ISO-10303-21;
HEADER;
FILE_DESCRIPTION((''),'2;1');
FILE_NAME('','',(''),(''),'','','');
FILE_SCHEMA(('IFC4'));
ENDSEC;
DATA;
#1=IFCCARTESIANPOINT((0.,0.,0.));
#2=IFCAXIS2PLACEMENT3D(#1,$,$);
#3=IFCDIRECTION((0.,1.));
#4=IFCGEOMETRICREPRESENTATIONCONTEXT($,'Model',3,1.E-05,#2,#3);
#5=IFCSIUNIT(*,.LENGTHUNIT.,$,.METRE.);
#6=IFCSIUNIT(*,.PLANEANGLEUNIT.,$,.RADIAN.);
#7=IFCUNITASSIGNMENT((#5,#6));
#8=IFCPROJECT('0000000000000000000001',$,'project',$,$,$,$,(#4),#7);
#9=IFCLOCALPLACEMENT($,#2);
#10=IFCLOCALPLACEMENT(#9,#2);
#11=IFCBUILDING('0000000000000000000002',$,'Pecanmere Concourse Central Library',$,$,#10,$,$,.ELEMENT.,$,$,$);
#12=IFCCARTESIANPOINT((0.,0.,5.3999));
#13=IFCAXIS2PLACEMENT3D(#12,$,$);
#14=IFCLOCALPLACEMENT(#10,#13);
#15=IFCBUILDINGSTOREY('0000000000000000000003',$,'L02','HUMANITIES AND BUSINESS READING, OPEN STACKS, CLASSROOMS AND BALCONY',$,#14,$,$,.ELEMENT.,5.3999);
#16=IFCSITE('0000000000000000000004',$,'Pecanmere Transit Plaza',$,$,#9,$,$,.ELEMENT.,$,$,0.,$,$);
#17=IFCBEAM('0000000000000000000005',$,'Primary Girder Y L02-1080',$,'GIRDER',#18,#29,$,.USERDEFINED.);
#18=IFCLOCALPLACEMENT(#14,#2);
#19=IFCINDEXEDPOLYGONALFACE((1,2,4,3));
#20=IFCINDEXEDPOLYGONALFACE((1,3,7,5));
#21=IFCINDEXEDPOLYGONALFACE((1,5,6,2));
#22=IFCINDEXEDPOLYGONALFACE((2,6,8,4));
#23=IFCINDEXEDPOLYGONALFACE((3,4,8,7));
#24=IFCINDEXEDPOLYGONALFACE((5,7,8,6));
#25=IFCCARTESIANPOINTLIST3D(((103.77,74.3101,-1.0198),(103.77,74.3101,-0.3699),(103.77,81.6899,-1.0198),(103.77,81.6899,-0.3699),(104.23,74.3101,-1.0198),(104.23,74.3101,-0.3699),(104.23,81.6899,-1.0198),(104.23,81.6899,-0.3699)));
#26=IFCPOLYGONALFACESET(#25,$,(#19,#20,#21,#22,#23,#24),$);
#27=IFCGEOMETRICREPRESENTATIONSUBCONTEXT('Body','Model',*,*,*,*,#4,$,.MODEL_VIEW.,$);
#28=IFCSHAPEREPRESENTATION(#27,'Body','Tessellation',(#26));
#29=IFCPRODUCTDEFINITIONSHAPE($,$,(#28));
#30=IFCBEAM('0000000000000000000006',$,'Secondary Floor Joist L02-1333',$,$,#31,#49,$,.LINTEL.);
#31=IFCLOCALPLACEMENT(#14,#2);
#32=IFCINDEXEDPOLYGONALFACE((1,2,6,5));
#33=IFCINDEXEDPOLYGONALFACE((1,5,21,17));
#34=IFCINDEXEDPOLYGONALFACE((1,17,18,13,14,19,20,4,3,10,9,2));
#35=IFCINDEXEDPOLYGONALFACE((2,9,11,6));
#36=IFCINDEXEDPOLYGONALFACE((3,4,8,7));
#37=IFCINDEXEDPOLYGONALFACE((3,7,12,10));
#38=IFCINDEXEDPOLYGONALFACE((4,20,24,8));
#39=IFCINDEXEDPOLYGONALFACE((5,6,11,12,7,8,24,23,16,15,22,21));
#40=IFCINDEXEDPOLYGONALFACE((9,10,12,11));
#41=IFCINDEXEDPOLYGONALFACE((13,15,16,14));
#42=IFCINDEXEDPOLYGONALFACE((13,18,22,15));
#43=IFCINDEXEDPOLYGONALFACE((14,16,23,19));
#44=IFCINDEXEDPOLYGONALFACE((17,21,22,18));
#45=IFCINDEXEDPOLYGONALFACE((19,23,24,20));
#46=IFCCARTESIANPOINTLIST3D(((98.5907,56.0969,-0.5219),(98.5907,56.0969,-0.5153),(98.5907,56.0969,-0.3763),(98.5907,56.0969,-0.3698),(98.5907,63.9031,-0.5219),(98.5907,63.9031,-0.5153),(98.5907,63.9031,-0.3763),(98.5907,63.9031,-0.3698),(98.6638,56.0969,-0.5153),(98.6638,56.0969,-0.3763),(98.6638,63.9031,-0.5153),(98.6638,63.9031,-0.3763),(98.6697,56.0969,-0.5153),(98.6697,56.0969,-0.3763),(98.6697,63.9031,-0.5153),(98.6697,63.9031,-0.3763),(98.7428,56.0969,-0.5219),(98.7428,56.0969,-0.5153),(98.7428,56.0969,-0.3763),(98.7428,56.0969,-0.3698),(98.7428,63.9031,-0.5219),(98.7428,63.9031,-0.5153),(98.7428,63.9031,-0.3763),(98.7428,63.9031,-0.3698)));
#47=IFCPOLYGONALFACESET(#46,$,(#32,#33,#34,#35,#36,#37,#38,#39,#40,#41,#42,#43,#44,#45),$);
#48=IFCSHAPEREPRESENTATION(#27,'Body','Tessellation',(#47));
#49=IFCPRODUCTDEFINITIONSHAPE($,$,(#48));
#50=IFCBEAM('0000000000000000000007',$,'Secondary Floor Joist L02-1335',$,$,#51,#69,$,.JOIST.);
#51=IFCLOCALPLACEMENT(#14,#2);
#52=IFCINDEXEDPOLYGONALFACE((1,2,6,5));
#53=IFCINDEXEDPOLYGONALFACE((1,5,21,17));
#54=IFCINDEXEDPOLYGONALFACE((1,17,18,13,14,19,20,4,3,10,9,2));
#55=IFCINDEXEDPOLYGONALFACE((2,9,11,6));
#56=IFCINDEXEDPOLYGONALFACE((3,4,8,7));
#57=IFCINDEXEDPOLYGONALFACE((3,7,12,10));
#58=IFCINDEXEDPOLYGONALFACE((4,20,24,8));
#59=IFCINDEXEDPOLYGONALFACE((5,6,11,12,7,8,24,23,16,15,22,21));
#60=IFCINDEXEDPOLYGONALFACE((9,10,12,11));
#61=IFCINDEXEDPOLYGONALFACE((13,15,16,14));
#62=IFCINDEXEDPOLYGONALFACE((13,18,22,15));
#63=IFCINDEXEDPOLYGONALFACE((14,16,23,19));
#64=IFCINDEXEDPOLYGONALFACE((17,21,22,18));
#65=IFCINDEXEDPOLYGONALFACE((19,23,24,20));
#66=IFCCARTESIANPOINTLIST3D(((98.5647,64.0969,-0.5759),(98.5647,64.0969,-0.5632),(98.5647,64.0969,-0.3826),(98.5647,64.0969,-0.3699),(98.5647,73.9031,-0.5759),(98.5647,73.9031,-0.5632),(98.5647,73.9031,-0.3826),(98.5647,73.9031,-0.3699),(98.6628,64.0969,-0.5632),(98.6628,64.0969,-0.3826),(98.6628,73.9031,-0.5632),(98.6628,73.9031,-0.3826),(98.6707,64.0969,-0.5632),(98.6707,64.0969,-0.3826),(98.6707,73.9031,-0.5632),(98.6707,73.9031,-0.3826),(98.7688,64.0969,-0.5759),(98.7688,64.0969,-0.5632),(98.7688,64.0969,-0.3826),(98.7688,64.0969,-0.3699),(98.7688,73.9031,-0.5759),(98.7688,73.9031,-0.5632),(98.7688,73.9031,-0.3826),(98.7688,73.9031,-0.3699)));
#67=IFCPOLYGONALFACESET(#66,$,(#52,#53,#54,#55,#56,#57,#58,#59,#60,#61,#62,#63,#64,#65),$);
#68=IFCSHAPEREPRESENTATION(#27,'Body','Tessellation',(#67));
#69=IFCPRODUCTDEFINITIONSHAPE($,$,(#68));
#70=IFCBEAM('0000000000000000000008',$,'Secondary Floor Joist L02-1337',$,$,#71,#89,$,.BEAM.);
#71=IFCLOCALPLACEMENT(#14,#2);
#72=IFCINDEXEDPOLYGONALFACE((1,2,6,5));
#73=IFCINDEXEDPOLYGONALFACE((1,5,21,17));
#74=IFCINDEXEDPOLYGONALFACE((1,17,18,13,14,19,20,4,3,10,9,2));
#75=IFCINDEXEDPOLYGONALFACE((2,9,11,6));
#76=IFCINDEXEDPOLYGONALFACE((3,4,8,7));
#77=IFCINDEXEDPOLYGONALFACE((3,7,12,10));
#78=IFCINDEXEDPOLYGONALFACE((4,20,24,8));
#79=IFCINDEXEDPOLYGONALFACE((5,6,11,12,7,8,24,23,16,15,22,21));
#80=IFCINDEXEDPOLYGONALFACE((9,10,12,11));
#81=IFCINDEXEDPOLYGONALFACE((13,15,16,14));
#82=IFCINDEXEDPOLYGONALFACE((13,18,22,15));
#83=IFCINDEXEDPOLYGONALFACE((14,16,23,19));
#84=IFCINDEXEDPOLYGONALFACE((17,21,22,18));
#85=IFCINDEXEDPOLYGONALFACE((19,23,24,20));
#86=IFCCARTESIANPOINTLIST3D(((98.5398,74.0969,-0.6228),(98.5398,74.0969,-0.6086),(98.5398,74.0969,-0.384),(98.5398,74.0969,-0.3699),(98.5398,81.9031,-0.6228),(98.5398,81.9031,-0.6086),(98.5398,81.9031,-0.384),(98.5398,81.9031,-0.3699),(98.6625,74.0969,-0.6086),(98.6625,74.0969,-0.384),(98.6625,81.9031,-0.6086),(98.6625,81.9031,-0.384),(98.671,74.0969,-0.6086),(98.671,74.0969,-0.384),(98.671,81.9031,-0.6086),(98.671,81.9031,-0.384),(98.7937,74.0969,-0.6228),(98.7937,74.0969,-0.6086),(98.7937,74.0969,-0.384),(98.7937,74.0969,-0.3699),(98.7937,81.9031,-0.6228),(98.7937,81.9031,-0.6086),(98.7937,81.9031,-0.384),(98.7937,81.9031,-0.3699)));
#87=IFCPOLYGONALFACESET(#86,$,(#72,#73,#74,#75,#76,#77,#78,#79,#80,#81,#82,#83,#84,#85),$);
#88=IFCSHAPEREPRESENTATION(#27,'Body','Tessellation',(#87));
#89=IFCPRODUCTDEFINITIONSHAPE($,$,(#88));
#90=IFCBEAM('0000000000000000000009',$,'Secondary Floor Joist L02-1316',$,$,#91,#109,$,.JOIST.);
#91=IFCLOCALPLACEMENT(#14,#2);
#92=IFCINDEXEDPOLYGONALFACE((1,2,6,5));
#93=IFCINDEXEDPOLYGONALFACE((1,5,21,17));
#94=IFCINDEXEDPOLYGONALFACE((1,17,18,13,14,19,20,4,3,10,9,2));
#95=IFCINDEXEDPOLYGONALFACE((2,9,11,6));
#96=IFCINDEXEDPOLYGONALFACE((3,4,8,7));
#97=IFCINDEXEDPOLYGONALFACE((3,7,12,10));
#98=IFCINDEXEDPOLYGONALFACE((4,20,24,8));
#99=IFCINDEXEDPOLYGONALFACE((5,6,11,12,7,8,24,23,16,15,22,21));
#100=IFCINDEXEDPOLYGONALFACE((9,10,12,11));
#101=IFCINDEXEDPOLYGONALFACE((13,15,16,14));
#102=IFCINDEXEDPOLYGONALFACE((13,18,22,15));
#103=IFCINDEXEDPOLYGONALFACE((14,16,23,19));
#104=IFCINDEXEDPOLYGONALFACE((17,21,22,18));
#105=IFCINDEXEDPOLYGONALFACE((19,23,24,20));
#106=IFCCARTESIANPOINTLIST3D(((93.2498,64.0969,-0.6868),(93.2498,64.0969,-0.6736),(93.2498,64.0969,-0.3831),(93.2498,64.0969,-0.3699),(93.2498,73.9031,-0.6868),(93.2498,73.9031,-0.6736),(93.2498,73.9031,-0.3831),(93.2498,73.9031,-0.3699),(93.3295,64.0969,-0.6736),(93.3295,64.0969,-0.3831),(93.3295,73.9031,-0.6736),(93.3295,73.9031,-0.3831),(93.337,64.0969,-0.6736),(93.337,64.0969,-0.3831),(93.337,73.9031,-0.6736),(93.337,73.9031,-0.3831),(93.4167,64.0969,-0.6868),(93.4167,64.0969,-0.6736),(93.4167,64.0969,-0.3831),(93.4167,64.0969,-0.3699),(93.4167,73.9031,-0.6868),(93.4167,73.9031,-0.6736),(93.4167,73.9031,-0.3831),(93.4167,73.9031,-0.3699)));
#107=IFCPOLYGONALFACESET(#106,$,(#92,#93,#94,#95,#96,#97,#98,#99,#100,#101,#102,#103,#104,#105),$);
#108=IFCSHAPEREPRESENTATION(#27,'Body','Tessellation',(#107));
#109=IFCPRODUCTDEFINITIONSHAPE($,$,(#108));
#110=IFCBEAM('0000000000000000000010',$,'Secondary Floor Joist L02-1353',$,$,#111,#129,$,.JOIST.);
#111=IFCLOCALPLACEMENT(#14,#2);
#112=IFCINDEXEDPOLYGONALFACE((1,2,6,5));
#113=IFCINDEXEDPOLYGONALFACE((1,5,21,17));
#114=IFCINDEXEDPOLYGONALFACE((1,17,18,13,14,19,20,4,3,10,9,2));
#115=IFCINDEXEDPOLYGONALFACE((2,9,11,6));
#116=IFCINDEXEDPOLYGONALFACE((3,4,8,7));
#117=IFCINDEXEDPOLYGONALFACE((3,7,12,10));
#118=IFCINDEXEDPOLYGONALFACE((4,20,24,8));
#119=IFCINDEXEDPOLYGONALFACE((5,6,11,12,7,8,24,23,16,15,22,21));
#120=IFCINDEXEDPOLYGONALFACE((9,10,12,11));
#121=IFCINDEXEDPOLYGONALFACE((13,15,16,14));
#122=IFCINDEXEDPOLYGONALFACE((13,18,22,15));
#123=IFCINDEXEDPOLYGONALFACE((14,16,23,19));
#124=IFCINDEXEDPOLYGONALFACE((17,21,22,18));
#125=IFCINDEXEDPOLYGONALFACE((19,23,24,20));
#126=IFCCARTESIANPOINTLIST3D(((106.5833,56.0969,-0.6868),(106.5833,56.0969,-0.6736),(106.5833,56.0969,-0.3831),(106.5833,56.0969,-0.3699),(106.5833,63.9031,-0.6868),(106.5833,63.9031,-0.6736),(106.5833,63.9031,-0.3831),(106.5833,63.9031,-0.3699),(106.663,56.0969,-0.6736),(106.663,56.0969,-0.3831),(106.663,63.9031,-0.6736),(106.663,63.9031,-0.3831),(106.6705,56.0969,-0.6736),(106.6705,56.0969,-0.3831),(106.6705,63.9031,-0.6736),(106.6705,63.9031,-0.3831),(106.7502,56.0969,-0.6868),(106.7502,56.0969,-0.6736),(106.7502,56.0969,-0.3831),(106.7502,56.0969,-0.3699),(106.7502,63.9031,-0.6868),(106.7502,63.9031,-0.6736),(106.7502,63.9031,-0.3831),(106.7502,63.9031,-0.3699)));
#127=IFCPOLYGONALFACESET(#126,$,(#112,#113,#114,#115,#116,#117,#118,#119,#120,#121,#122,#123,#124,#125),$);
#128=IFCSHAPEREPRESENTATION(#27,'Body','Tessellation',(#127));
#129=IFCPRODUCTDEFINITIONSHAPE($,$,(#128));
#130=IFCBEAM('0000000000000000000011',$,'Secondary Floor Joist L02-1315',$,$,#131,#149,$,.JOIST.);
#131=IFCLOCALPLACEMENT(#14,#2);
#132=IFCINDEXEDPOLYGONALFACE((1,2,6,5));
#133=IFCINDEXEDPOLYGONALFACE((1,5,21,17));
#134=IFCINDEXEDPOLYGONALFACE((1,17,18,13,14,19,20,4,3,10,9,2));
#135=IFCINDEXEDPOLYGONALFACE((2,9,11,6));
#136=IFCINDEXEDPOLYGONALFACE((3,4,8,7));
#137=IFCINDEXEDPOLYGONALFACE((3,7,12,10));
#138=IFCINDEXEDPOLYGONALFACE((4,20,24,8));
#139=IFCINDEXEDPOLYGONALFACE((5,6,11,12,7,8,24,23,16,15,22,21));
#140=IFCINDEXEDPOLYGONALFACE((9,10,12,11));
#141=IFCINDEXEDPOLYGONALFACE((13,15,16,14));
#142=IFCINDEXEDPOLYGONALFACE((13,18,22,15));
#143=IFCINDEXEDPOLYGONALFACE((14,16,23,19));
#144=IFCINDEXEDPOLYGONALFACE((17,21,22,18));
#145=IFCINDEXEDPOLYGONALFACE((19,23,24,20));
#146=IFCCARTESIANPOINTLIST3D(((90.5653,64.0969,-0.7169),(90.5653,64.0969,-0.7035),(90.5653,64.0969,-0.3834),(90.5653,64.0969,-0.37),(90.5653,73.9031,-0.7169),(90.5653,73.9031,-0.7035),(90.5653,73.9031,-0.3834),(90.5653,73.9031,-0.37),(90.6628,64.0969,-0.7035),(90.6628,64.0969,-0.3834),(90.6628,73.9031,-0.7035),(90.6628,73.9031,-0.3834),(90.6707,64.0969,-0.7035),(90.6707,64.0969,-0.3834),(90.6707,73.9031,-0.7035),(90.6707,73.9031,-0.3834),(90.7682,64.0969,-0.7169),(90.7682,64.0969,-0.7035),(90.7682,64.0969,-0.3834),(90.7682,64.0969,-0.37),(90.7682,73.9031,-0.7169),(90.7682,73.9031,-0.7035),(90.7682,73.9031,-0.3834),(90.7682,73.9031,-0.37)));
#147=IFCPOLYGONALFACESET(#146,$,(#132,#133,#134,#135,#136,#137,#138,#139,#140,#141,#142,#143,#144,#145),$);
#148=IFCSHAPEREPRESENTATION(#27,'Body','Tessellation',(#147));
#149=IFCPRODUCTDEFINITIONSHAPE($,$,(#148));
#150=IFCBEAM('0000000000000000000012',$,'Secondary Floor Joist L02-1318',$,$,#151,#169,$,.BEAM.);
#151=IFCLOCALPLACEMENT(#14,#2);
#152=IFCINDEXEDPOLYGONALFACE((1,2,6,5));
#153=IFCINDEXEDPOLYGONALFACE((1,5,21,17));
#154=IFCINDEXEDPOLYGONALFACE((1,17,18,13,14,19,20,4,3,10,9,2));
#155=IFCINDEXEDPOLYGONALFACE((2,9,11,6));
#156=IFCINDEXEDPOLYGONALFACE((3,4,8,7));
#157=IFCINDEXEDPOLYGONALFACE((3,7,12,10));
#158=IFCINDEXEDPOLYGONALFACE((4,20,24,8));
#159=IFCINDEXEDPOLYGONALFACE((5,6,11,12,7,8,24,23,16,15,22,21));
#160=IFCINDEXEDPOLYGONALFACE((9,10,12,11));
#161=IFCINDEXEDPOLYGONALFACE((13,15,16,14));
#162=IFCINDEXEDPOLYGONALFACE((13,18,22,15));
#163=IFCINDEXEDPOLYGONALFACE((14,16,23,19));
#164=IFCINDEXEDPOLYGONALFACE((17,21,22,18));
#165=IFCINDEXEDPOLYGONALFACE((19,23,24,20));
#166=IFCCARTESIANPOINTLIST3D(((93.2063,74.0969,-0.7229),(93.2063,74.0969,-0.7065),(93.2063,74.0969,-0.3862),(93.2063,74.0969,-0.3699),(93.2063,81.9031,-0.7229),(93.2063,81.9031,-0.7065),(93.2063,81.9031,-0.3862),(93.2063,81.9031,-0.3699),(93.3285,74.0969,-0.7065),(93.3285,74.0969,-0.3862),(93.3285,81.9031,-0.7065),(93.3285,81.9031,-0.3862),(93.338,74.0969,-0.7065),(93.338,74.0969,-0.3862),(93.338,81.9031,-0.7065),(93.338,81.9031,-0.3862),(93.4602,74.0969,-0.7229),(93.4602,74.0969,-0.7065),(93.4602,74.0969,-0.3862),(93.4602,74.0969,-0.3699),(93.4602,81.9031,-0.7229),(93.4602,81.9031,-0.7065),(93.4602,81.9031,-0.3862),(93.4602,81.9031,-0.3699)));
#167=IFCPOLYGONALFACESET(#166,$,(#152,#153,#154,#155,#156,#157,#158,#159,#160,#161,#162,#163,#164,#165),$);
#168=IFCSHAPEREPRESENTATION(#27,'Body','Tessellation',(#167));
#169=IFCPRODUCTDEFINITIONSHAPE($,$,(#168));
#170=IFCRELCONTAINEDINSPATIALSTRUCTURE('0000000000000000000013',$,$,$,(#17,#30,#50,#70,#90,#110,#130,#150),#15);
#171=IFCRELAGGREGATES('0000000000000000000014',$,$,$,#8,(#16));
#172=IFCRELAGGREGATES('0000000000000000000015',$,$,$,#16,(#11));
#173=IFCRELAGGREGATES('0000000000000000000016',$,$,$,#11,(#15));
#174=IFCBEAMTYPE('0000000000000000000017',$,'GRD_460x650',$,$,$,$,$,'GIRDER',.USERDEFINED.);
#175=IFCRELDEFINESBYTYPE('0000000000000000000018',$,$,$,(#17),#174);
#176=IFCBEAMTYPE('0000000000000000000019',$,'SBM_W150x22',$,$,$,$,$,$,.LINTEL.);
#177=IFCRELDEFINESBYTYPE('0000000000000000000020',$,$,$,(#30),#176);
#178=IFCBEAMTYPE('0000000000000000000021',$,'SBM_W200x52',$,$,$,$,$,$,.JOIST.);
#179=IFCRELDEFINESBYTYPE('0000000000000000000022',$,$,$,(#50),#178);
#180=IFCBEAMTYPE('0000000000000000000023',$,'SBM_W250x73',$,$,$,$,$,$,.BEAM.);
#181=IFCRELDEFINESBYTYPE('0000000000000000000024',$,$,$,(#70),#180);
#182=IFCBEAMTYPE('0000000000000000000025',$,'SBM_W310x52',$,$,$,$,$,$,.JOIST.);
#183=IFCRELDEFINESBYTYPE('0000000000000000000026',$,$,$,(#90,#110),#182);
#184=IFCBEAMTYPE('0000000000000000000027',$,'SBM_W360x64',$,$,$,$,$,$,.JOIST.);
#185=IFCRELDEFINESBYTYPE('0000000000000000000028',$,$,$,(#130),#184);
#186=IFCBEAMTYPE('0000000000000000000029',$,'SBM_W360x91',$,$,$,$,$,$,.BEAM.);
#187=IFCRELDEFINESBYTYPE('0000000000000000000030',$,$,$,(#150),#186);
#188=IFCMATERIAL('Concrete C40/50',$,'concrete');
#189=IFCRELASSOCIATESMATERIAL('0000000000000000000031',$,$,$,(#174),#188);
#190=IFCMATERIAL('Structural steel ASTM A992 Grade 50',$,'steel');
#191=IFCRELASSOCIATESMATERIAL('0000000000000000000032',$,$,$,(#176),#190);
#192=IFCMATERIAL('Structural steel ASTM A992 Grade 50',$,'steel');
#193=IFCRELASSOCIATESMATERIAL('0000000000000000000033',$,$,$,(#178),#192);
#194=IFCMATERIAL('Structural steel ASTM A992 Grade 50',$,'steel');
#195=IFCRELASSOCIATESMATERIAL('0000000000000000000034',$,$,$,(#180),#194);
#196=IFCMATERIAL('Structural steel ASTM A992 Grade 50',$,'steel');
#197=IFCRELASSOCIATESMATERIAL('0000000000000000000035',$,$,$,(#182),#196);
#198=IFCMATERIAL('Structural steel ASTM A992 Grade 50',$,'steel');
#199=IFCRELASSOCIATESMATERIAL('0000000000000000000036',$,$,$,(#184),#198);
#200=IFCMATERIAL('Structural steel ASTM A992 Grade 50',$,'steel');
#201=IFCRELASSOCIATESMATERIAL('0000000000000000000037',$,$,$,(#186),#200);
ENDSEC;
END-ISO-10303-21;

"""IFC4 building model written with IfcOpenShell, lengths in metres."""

from ifc_helpers import new_model, si_unit, direction, frame, origin, origin_2d, place, context, subcontext, project, spatial, rectangle, i_section, extrude, material, material_profile, profile_set, type_object, element, save


model = new_model("IFC4")

# Units and contexts
model_context = context("Model", 3, precision=1e-05, world=origin(), true_north=direction((0.0, 1.0)))
body_context = subcontext(model_context, "Body", "Model", "MODEL_VIEW")
ifc_project = project(units=[si_unit("LENGTHUNIT", "METRE"), si_unit("PLANEANGLEUNIT", "RADIAN")], contexts=[model_context])

# Site, building, storey
site_placement = place(None, origin())
site = spatial("IfcSite", under=ifc_project, at=site_placement, Name="Pecanmere Transit Plaza", CompositionType="ELEMENT", RefElevation=0.0)
building_placement = place(site_placement, origin())
building = spatial("IfcBuilding", under=site, at=building_placement, Name="Pecanmere Concourse Central Library", CompositionType="ELEMENT")
storey_placement = place(building_placement, frame((0.0, 0.0, 5.3999)))
storey = spatial("IfcBuildingStorey", under=building, at=storey_placement, Name="L02", Description="HUMANITIES AND BUSINESS READING, OPEN STACKS, CLASSROOMS AND BALCONY", CompositionType="ELEMENT", Elevation=5.3999)

# Beams
ifc_material_1 = material(Name="Concrete C40/50", Category="concrete")
ifc_material_profile_1 = material_profile(ifc_material_1, rectangle(XDim=0.46, YDim=0.6499, at=origin_2d()), Name="RC 460x650")
ifc_profile_set_1 = profile_set([ifc_material_profile_1], Name="Concrete C40/50")
beam_type_1 = type_object("IfcBeamType", Name="GRD_460x650", ElementType="GIRDER", PredefinedType="USERDEFINED", material=ifc_profile_set_1)
for number, where, z_axis, x_axis, name in (
    (1, (104.0, 74.3101, -0.6948), (0.0, 1.0, 0.0), (-1.0, 0.0, 0.0), "Primary Girder Y L02-1080"),
):
    element("IfcBeam", number, at=place(storey_placement, frame(where, z_axis=z_axis, x_axis=x_axis)), inside=storey, type_object=beam_type_1, Name=name, ObjectType="GIRDER", PredefinedType="USERDEFINED", context=body_context, shape_type="SweptSolid", body=[
        extrude(rectangle(XDim=0.46, YDim=0.6499, at=origin_2d()), origin(), (0.0, 0.0, 1.0), 7.3799),
    ])
ifc_material_2 = material(Name="Structural steel ASTM A992 Grade 50", Category="steel")
ifc_material_profile_2 = material_profile(ifc_material_2, i_section(OverallWidth=0.1521, OverallDepth=0.1521, WebThickness=0.0059, FlangeThickness=0.0066, at=origin_2d()), Name="W150x22.5")
ifc_profile_set_2 = profile_set([ifc_material_profile_2], Name="Structural steel ASTM A992 Grade 50")
beam_type_2 = type_object("IfcBeamType", Name="SBM_W150x22", PredefinedType="LINTEL", material=ifc_profile_set_2)
beam_1_placement = place(storey_placement, frame((98.6667, 56.0969, -0.4458), z_axis=(0.0, 1.0, 0.0), x_axis=(-1.0, 0.0, 0.0)))
element("IfcBeam", 2, at=beam_1_placement, inside=storey, type_object=beam_type_2, Name="Secondary Floor Joist L02-1333", PredefinedType="LINTEL", context=body_context, shape_type="SweptSolid", body=[
    extrude(i_section(OverallWidth=0.1521, OverallDepth=0.1521, WebThickness=0.0059, FlangeThickness=0.0066, at=origin_2d()), origin(), (0.0, 0.0, 1.0), 7.8062),
])
ifc_material_3 = material(Name="Structural steel ASTM A992 Grade 50", Category="steel")
ifc_material_profile_3 = material_profile(ifc_material_3, i_section(OverallWidth=0.2041, OverallDepth=0.2061, WebThickness=0.0078, FlangeThickness=0.0127, at=origin_2d()), Name="W200x52")
ifc_profile_set_3 = profile_set([ifc_material_profile_3], Name="Structural steel ASTM A992 Grade 50")
beam_type_3 = type_object("IfcBeamType", Name="SBM_W200x52", PredefinedType="JOIST", material=ifc_profile_set_3)
beam_2_placement = place(storey_placement, frame((98.6667, 64.0969, -0.4729), z_axis=(0.0, 1.0, 0.0), x_axis=(-1.0, 0.0, 0.0)))
element("IfcBeam", 3, at=beam_2_placement, inside=storey, type_object=beam_type_3, Name="Secondary Floor Joist L02-1335", PredefinedType="JOIST", context=body_context, shape_type="SweptSolid", body=[
    extrude(i_section(OverallWidth=0.2041, OverallDepth=0.2061, WebThickness=0.0078, FlangeThickness=0.0127, at=origin_2d()), origin(), (0.0, 0.0, 1.0), 9.8062),
])
ifc_material_4 = material(Name="Structural steel ASTM A992 Grade 50", Category="steel")
ifc_material_profile_4 = material_profile(ifc_material_4, i_section(OverallWidth=0.2539, OverallDepth=0.2529, WebThickness=0.0085, FlangeThickness=0.0142, at=origin_2d()), Name="W250x73")
ifc_profile_set_4 = profile_set([ifc_material_profile_4], Name="Structural steel ASTM A992 Grade 50")
beam_type_4 = type_object("IfcBeamType", Name="SBM_W250x73", PredefinedType="BEAM", material=ifc_profile_set_4)
beam_3_placement = place(storey_placement, frame((98.6667, 74.0969, -0.4963), z_axis=(0.0, 1.0, 0.0), x_axis=(-1.0, 0.0, 0.0)))
element("IfcBeam", 4, at=beam_3_placement, inside=storey, type_object=beam_type_4, Name="Secondary Floor Joist L02-1337", PredefinedType="BEAM", context=body_context, shape_type="SweptSolid", body=[
    extrude(i_section(OverallWidth=0.2539, OverallDepth=0.2529, WebThickness=0.0085, FlangeThickness=0.0142, at=origin_2d()), origin(), (0.0, 0.0, 1.0), 7.8062),
])
ifc_material_5 = material(Name="Structural steel ASTM A992 Grade 50", Category="steel")
ifc_material_profile_5 = material_profile(ifc_material_5, i_section(OverallWidth=0.167, OverallDepth=0.3169, WebThickness=0.0076, FlangeThickness=0.0132, at=origin_2d()), Name="W310x52")
ifc_profile_set_5 = profile_set([ifc_material_profile_5], Name="Structural steel ASTM A992 Grade 50")
beam_type_5 = type_object("IfcBeamType", Name="SBM_W310x52", PredefinedType="JOIST", material=ifc_profile_set_5)
beam_4_placement = place(storey_placement, frame((93.3333, 64.0969, -0.5283), z_axis=(0.0, 1.0, 0.0), x_axis=(-1.0, 0.0, 0.0)))
element("IfcBeam", 5, at=beam_4_placement, inside=storey, type_object=beam_type_5, Name="Secondary Floor Joist L02-1316", PredefinedType="JOIST", context=body_context, shape_type="SweptSolid", body=[
    extrude(i_section(OverallWidth=0.167, OverallDepth=0.3169, WebThickness=0.0076, FlangeThickness=0.0132, at=origin_2d()), origin(), (0.0, 0.0, 1.0), 9.8062),
])
beam_5_placement = place(storey_placement, frame((106.6667, 56.0969, -0.5283), z_axis=(0.0, 1.0, 0.0), x_axis=(-1.0, 0.0, 0.0)))
element("IfcBeam", 6, at=beam_5_placement, inside=storey, type_object=beam_type_5, Name="Secondary Floor Joist L02-1353", PredefinedType="JOIST", context=body_context, shape_type="SweptSolid", body=[
    extrude(i_section(OverallWidth=0.167, OverallDepth=0.3169, WebThickness=0.0076, FlangeThickness=0.0132, at=origin_2d()), origin(), (0.0, 0.0, 1.0), 7.8062),
])
ifc_material_6 = material(Name="Structural steel ASTM A992 Grade 50", Category="steel")
ifc_material_profile_6 = material_profile(ifc_material_6, i_section(OverallWidth=0.2029, OverallDepth=0.3469, WebThickness=0.0078, FlangeThickness=0.0134, at=origin_2d()), Name="W360x64")
ifc_profile_set_6 = profile_set([ifc_material_profile_6], Name="Structural steel ASTM A992 Grade 50")
beam_type_6 = type_object("IfcBeamType", Name="SBM_W360x64", PredefinedType="JOIST", material=ifc_profile_set_6)
beam_6_placement = place(storey_placement, frame((90.6667, 64.0969, -0.5435), z_axis=(0.0, 1.0, 0.0), x_axis=(-1.0, 0.0, 0.0)))
element("IfcBeam", 7, at=beam_6_placement, inside=storey, type_object=beam_type_6, Name="Secondary Floor Joist L02-1315", PredefinedType="JOIST", context=body_context, shape_type="SweptSolid", body=[
    extrude(i_section(OverallWidth=0.2029, OverallDepth=0.3469, WebThickness=0.0078, FlangeThickness=0.0134, at=origin_2d()), origin(), (0.0, 0.0, 1.0), 9.8062),
])
ifc_material_7 = material(Name="Structural steel ASTM A992 Grade 50", Category="steel")
ifc_material_profile_7 = material_profile(ifc_material_7, i_section(OverallWidth=0.2539, OverallDepth=0.353, WebThickness=0.0095, FlangeThickness=0.0164, at=origin_2d()), Name="W360x91")
ifc_profile_set_7 = profile_set([ifc_material_profile_7], Name="Structural steel ASTM A992 Grade 50")
beam_type_7 = type_object("IfcBeamType", Name="SBM_W360x91", PredefinedType="BEAM", material=ifc_profile_set_7)
beam_7_placement = place(storey_placement, frame((93.3333, 74.0969, -0.5464), z_axis=(0.0, 1.0, 0.0), x_axis=(-1.0, 0.0, 0.0)))
element("IfcBeam", 8, at=beam_7_placement, inside=storey, type_object=beam_type_7, Name="Secondary Floor Joist L02-1318", PredefinedType="BEAM", context=body_context, shape_type="SweptSolid", body=[
    extrude(i_section(OverallWidth=0.2539, OverallDepth=0.353, WebThickness=0.0095, FlangeThickness=0.0164, at=origin_2d()), origin(), (0.0, 0.0, 1.0), 7.8062),
])

save(model, "model.ifc")
